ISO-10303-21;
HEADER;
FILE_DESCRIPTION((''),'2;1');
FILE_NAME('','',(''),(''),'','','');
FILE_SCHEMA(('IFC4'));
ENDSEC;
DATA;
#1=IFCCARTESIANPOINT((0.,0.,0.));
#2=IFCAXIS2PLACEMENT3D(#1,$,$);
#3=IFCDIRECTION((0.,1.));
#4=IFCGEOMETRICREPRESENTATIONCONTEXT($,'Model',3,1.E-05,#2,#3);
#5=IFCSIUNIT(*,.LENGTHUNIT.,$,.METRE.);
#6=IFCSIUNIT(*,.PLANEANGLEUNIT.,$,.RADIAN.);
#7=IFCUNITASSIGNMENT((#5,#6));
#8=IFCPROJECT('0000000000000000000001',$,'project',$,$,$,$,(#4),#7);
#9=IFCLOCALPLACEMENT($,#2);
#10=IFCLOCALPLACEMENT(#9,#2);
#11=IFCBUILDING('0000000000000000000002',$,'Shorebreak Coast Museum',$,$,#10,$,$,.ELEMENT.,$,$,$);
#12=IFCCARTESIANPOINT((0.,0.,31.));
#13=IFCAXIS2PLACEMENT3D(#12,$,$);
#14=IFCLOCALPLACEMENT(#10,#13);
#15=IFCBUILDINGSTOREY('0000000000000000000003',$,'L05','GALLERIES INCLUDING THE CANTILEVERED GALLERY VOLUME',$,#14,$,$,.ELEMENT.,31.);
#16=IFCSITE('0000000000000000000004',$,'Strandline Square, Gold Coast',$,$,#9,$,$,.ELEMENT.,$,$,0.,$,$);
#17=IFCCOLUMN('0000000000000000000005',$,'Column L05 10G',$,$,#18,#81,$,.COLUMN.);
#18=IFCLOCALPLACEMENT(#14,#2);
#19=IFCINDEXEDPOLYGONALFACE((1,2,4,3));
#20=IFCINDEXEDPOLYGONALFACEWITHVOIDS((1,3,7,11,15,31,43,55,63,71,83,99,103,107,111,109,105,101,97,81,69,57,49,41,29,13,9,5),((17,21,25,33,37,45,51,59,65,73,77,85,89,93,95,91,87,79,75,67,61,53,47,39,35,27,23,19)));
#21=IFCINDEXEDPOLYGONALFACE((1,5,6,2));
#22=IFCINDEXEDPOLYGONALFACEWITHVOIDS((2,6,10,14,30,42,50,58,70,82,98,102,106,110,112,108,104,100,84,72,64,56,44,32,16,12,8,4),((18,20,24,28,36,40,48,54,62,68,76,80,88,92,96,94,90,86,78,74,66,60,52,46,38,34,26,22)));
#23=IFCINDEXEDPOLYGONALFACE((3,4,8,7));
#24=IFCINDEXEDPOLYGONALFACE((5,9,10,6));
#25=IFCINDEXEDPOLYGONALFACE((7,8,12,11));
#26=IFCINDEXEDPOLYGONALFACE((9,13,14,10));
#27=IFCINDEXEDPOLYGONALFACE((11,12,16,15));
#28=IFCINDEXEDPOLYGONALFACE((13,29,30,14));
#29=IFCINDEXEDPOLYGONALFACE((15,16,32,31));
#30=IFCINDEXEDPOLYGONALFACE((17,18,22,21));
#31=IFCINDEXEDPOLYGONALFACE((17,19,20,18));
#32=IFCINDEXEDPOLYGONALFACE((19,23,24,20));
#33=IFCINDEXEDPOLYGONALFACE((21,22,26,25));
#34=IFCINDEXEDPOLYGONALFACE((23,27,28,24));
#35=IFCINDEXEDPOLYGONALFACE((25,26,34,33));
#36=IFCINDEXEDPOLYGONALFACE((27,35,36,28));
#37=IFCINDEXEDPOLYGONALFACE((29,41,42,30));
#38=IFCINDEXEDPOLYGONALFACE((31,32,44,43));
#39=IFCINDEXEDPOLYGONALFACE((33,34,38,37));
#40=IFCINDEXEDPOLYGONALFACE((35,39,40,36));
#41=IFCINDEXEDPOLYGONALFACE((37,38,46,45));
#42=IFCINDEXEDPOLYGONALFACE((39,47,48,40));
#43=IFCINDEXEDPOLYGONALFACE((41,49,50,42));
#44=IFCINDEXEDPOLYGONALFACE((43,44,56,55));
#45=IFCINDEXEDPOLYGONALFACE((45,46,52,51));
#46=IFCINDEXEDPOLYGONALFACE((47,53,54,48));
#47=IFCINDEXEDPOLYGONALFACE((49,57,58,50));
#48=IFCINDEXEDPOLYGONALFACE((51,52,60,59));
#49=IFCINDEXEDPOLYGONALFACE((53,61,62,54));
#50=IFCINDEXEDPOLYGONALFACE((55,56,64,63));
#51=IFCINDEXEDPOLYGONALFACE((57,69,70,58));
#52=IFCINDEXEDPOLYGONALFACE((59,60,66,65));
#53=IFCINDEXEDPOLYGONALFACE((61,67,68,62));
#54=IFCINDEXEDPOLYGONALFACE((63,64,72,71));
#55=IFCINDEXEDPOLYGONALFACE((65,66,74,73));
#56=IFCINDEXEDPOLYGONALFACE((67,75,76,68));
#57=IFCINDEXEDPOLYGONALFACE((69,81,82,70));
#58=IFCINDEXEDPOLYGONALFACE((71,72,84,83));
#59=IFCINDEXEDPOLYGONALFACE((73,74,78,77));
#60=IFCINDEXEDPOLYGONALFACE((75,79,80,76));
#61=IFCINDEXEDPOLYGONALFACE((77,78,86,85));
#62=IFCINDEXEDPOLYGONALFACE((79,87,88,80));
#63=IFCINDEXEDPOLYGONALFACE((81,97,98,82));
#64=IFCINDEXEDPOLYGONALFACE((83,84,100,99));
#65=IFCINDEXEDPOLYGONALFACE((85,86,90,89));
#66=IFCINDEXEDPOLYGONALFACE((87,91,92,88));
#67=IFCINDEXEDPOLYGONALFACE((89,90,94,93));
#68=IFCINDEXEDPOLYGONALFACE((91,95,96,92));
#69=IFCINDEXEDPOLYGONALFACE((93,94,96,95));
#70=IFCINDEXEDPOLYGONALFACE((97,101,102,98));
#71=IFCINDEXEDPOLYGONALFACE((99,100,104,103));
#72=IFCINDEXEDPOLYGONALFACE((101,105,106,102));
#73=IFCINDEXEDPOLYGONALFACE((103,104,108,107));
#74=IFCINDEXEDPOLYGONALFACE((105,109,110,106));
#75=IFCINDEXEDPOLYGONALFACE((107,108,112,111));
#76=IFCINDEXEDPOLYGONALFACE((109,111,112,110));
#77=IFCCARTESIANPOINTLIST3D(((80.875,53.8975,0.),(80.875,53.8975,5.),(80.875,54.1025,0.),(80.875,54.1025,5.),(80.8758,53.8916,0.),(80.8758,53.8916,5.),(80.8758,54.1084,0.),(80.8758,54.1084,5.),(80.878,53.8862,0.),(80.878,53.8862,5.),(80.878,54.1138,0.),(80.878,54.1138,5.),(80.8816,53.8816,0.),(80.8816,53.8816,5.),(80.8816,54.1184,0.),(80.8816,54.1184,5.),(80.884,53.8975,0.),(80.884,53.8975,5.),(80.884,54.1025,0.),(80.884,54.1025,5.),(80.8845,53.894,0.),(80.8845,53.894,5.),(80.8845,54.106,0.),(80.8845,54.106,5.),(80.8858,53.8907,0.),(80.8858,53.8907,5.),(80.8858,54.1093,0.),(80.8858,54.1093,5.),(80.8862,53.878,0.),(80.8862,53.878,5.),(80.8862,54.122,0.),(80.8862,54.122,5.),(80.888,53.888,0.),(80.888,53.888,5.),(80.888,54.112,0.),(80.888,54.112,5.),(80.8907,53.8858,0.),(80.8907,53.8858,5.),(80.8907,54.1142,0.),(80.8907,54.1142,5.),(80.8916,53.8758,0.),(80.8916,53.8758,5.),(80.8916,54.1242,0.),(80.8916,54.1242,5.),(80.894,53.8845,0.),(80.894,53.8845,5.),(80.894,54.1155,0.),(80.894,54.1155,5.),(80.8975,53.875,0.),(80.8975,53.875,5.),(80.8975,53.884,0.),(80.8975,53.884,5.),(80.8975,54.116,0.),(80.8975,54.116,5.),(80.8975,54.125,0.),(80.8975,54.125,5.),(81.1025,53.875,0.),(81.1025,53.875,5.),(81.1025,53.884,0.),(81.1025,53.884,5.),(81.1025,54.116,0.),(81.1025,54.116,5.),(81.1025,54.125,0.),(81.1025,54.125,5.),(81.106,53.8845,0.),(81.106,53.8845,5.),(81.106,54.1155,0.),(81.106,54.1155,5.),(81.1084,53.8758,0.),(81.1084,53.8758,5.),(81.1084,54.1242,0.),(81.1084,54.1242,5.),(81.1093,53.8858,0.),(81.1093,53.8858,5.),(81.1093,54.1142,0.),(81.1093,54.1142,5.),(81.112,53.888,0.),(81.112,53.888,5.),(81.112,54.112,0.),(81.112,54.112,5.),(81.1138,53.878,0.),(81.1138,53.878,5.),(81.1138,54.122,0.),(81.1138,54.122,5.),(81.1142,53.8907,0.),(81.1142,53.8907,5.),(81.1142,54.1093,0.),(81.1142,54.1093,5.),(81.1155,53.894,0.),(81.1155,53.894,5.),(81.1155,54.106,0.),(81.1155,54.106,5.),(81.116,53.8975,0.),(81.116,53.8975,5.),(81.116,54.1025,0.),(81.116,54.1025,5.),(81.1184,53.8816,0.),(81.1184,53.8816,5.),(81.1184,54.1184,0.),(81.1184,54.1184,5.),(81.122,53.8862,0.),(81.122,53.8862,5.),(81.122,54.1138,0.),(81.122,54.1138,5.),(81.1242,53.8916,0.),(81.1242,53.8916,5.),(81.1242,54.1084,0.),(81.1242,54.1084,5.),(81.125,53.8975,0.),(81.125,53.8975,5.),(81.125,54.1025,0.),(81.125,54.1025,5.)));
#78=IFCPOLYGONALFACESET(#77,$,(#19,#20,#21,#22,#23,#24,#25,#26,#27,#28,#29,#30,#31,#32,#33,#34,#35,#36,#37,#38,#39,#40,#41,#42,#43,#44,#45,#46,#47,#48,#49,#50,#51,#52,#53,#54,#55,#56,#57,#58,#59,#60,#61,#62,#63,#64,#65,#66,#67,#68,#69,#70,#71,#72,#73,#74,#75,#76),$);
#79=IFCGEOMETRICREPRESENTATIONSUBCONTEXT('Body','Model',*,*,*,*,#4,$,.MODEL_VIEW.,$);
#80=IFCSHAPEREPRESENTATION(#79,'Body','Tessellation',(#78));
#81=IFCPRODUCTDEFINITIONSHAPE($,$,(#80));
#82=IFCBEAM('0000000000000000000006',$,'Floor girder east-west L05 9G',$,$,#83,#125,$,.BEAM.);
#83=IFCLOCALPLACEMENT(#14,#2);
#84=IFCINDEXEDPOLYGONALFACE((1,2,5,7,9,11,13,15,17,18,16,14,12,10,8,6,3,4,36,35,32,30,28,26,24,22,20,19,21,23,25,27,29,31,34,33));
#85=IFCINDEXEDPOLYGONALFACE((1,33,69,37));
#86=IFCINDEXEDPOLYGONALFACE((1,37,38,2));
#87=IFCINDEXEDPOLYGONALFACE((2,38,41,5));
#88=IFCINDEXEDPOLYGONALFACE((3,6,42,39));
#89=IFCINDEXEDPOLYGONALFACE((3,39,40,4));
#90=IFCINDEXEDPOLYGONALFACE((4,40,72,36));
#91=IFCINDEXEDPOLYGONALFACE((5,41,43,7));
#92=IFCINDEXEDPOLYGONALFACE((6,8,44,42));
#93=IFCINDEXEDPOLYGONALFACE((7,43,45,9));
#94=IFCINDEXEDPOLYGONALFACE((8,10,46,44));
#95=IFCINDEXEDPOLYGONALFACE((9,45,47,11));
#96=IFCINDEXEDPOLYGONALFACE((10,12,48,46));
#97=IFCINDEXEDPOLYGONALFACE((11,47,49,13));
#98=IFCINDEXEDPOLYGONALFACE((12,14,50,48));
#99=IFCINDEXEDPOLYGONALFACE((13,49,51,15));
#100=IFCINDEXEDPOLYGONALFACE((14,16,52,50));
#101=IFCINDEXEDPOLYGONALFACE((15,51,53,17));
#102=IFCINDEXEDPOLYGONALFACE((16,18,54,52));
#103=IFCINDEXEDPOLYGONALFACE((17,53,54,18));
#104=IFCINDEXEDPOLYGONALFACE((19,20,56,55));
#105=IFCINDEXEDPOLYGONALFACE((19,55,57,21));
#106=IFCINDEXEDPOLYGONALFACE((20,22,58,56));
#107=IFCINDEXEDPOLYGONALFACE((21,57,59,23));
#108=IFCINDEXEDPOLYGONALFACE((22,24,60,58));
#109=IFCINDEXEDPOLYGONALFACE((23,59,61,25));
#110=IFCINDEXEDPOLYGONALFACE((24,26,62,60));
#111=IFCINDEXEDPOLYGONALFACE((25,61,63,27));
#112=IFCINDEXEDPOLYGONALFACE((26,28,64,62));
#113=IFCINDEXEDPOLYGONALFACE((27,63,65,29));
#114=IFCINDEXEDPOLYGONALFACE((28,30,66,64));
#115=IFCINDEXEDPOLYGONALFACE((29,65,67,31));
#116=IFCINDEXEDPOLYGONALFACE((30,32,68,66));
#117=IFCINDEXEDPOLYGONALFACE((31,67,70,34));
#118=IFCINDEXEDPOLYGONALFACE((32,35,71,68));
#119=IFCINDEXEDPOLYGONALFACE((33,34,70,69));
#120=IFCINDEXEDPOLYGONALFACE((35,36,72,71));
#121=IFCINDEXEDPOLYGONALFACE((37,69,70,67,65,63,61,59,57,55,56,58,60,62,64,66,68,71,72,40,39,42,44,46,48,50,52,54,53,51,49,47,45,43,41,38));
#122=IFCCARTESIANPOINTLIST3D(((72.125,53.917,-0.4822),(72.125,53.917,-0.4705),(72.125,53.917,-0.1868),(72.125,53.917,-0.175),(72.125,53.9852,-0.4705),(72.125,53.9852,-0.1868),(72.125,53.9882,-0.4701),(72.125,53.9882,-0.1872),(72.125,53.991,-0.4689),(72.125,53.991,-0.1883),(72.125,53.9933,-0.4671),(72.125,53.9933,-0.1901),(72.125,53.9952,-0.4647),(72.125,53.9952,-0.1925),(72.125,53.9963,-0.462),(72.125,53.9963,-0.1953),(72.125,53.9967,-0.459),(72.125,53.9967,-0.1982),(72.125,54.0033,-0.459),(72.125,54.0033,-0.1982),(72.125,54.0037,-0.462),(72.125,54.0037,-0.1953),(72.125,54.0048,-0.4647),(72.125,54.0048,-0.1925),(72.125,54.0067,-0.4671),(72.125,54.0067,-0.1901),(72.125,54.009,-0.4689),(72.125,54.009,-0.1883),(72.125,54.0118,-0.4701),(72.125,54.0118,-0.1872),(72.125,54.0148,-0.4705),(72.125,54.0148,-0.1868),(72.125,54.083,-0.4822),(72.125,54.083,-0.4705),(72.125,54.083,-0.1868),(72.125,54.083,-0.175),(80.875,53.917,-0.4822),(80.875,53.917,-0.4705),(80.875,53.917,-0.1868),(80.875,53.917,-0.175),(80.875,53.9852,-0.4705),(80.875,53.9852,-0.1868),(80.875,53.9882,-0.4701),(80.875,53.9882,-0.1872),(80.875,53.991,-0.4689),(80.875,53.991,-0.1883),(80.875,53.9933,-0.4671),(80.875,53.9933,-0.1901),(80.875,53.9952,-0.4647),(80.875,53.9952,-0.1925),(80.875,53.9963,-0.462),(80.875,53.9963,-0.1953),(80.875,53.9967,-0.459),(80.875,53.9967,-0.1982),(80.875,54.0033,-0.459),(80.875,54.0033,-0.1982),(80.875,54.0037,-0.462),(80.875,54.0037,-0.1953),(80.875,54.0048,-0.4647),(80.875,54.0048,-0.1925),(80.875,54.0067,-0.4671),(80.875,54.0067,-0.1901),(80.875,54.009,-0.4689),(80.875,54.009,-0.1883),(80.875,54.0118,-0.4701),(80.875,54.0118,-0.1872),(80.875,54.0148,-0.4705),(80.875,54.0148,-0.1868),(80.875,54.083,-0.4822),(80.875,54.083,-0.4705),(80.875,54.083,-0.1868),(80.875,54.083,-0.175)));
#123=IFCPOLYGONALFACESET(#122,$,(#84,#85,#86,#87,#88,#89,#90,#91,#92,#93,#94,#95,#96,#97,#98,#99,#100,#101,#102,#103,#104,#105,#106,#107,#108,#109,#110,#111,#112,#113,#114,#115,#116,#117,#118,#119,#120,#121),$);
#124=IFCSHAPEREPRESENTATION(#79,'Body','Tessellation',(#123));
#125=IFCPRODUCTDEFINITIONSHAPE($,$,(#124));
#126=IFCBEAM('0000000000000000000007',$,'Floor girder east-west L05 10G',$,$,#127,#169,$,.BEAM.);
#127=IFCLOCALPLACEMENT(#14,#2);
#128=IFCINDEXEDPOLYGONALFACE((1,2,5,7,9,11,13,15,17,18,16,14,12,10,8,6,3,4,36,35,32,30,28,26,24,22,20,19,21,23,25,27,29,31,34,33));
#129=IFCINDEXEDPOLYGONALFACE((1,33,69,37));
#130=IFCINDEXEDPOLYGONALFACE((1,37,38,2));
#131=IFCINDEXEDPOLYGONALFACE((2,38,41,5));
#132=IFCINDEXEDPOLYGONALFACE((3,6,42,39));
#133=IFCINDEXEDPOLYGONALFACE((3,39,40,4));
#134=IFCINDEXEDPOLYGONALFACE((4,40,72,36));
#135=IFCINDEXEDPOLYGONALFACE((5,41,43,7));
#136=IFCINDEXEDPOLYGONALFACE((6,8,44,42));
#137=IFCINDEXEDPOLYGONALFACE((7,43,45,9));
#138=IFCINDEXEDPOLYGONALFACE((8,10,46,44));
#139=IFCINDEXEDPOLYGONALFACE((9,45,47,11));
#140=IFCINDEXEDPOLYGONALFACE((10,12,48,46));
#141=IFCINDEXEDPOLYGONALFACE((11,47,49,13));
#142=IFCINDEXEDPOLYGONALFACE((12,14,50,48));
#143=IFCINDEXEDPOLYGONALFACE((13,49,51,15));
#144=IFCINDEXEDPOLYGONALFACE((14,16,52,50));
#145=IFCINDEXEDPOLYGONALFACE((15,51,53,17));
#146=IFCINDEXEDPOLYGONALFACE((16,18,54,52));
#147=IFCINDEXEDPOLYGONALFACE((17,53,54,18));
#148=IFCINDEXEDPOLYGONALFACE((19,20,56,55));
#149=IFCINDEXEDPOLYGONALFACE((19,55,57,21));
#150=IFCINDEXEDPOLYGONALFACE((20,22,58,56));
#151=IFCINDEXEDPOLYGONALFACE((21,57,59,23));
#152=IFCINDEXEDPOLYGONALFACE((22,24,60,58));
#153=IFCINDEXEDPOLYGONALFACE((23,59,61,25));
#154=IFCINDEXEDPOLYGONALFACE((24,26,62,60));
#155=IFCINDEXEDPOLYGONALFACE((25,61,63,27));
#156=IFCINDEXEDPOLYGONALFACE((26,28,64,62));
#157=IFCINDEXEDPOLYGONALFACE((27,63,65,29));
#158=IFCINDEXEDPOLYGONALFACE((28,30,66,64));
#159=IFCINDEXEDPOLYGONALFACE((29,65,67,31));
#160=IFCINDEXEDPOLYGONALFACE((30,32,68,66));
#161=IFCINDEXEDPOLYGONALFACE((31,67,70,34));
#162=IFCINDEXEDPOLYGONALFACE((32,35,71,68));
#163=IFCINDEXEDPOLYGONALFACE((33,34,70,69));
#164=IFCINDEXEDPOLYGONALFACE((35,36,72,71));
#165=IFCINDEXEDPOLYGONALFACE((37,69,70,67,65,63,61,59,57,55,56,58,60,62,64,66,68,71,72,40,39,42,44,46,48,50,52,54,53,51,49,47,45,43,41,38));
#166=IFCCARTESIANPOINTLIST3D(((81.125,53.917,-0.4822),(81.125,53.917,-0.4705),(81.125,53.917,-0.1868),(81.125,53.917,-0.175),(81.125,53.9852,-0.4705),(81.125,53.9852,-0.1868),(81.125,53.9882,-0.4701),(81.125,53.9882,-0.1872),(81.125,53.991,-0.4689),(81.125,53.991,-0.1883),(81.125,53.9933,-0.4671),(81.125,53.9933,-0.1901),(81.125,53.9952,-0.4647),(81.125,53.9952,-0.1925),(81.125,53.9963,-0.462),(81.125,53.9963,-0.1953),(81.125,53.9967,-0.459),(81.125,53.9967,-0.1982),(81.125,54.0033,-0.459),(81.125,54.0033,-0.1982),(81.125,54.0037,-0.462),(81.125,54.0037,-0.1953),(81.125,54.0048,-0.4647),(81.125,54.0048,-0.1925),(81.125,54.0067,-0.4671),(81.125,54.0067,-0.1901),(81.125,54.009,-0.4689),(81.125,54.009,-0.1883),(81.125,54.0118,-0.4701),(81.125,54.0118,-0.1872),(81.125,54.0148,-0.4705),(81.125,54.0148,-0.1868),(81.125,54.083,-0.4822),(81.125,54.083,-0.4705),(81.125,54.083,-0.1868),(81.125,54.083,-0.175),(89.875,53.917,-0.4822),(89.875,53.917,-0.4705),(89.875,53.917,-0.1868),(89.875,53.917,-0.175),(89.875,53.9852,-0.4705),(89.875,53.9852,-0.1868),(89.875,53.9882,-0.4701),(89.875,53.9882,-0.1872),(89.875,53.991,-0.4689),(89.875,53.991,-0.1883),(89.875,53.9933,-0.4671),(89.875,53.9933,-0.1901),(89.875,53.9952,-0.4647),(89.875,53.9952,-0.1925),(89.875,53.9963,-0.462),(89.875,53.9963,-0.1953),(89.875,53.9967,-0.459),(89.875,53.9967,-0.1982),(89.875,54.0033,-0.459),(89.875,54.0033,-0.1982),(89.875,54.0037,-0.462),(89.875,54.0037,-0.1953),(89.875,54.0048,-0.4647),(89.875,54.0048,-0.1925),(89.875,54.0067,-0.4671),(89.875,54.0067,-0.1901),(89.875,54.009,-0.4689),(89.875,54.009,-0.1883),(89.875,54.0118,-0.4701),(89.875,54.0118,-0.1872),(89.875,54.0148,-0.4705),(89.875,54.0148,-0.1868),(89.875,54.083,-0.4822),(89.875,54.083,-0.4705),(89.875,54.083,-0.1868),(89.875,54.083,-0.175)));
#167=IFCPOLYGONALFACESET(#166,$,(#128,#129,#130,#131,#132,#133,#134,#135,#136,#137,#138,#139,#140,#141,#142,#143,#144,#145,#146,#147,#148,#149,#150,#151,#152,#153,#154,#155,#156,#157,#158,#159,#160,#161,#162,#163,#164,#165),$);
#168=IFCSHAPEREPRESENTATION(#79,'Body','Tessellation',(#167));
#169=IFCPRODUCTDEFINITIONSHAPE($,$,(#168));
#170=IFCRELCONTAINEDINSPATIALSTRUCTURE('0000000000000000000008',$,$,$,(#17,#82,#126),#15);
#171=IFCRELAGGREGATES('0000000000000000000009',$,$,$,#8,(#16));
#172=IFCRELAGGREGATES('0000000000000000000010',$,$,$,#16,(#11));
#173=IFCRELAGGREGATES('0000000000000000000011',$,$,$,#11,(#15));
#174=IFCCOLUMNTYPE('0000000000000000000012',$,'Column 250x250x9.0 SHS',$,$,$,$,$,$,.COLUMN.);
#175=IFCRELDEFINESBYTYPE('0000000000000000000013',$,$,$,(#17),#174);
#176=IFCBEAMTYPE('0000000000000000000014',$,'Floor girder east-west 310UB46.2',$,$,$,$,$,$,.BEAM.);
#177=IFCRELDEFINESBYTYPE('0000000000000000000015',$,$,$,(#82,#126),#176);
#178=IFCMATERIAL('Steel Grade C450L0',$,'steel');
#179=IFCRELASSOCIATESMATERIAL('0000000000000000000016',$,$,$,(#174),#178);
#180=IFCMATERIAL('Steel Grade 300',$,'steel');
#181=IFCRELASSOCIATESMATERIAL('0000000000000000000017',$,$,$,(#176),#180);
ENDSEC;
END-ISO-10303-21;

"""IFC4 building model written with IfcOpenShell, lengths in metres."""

from ifc_helpers import new_model, si_unit, direction, frame, origin, origin_2d, place, context, subcontext, project, spatial, hollow_rectangle, i_section, extrude, material, material_profile, profile_set, type_object, element, save


model = new_model("IFC4")

# Units and contexts
model_context = context("Model", 3, precision=1e-05, world=origin(), true_north=direction((0.0, 1.0)))
body_context = subcontext(model_context, "Body", "Model", "MODEL_VIEW")
ifc_project = project(units=[si_unit("LENGTHUNIT", "METRE"), si_unit("PLANEANGLEUNIT", "RADIAN")], contexts=[model_context])

# Site, building, storey
site_placement = place(None, origin())
site = spatial("IfcSite", under=ifc_project, at=site_placement, Name="Strandline Square, Gold Coast", CompositionType="ELEMENT", RefElevation=0.0)
building_placement = place(site_placement, origin())
building = spatial("IfcBuilding", under=site, at=building_placement, Name="Shorebreak Coast Museum", CompositionType="ELEMENT")
storey_placement = place(building_placement, frame((0.0, 0.0, 31.0)))
storey = spatial("IfcBuildingStorey", under=building, at=storey_placement, Name="L05", Description="GALLERIES INCLUDING THE CANTILEVERED GALLERY VOLUME", CompositionType="ELEMENT", Elevation=31.0)

# Column
ifc_material_1 = material(Name="Steel Grade C450L0", Category="steel")
ifc_material_profile_1 = material_profile(ifc_material_1, hollow_rectangle(XDim=0.25, YDim=0.25, WallThickness=0.009, InnerFilletRadius=0.0134, OuterFilletRadius=0.0225, at=origin_2d()), Name="250x250x9.0 SHS")
ifc_profile_set_1 = profile_set([ifc_material_profile_1], Name="Steel Grade C450L0")
column_type = type_object("IfcColumnType", Name="Column 250x250x9.0 SHS", PredefinedType="COLUMN", material=ifc_profile_set_1)
column_placement = place(storey_placement, frame((81.0, 54.0, 0.0), z_axis=(0.0, 0.0, 1.0), x_axis=(1.0, 0.0, 0.0)))
element("IfcColumn", 1, at=column_placement, inside=storey, type_object=column_type, Name="Column L05 10G", PredefinedType="COLUMN", context=body_context, shape_type="SweptSolid", body=[
    extrude(hollow_rectangle(XDim=0.25, YDim=0.25, WallThickness=0.009, InnerFilletRadius=0.0134, OuterFilletRadius=0.0225, at=origin_2d()), origin(), (0.0, 0.0, 1.0), 5.0),
])

# Beams
ifc_material_2 = material(Name="Steel Grade 300", Category="steel")
ifc_material_profile_2 = material_profile(ifc_material_2, i_section(OverallWidth=0.166, OverallDepth=0.3071, WebThickness=0.0066, FlangeThickness=0.0117, FilletRadius=0.0115, at=origin_2d()), Name="310UB46.2")
ifc_profile_set_2 = profile_set([ifc_material_profile_2], Name="Steel Grade 300")
beam_type_1 = type_object("IfcBeamType", Name="Floor girder east-west 310UB46.2", PredefinedType="BEAM", material=ifc_profile_set_2)
for number, where, z_axis, x_axis, name in (
    (2, (72.125, 54.0, -0.3286), (1.0, 0.0, 0.0), (0.0, 1.0, 0.0), "Floor girder east-west L05 9G"),
    (3, (81.125, 54.0, -0.3286), (1.0, 0.0, 0.0), (0.0, 1.0, 0.0), "Floor girder east-west L05 10G"),
):
    element("IfcBeam", number, at=place(storey_placement, frame(where, z_axis=z_axis, x_axis=x_axis)), inside=storey, type_object=beam_type_1, Name=name, PredefinedType="BEAM", context=body_context, shape_type="SweptSolid", body=[
        extrude(i_section(OverallWidth=0.166, OverallDepth=0.3071, WebThickness=0.0066, FlangeThickness=0.0117, FilletRadius=0.0115, at=origin_2d()), origin(), (0.0, 0.0, 1.0), 8.75),
    ])

save(model, "model.ifc")
